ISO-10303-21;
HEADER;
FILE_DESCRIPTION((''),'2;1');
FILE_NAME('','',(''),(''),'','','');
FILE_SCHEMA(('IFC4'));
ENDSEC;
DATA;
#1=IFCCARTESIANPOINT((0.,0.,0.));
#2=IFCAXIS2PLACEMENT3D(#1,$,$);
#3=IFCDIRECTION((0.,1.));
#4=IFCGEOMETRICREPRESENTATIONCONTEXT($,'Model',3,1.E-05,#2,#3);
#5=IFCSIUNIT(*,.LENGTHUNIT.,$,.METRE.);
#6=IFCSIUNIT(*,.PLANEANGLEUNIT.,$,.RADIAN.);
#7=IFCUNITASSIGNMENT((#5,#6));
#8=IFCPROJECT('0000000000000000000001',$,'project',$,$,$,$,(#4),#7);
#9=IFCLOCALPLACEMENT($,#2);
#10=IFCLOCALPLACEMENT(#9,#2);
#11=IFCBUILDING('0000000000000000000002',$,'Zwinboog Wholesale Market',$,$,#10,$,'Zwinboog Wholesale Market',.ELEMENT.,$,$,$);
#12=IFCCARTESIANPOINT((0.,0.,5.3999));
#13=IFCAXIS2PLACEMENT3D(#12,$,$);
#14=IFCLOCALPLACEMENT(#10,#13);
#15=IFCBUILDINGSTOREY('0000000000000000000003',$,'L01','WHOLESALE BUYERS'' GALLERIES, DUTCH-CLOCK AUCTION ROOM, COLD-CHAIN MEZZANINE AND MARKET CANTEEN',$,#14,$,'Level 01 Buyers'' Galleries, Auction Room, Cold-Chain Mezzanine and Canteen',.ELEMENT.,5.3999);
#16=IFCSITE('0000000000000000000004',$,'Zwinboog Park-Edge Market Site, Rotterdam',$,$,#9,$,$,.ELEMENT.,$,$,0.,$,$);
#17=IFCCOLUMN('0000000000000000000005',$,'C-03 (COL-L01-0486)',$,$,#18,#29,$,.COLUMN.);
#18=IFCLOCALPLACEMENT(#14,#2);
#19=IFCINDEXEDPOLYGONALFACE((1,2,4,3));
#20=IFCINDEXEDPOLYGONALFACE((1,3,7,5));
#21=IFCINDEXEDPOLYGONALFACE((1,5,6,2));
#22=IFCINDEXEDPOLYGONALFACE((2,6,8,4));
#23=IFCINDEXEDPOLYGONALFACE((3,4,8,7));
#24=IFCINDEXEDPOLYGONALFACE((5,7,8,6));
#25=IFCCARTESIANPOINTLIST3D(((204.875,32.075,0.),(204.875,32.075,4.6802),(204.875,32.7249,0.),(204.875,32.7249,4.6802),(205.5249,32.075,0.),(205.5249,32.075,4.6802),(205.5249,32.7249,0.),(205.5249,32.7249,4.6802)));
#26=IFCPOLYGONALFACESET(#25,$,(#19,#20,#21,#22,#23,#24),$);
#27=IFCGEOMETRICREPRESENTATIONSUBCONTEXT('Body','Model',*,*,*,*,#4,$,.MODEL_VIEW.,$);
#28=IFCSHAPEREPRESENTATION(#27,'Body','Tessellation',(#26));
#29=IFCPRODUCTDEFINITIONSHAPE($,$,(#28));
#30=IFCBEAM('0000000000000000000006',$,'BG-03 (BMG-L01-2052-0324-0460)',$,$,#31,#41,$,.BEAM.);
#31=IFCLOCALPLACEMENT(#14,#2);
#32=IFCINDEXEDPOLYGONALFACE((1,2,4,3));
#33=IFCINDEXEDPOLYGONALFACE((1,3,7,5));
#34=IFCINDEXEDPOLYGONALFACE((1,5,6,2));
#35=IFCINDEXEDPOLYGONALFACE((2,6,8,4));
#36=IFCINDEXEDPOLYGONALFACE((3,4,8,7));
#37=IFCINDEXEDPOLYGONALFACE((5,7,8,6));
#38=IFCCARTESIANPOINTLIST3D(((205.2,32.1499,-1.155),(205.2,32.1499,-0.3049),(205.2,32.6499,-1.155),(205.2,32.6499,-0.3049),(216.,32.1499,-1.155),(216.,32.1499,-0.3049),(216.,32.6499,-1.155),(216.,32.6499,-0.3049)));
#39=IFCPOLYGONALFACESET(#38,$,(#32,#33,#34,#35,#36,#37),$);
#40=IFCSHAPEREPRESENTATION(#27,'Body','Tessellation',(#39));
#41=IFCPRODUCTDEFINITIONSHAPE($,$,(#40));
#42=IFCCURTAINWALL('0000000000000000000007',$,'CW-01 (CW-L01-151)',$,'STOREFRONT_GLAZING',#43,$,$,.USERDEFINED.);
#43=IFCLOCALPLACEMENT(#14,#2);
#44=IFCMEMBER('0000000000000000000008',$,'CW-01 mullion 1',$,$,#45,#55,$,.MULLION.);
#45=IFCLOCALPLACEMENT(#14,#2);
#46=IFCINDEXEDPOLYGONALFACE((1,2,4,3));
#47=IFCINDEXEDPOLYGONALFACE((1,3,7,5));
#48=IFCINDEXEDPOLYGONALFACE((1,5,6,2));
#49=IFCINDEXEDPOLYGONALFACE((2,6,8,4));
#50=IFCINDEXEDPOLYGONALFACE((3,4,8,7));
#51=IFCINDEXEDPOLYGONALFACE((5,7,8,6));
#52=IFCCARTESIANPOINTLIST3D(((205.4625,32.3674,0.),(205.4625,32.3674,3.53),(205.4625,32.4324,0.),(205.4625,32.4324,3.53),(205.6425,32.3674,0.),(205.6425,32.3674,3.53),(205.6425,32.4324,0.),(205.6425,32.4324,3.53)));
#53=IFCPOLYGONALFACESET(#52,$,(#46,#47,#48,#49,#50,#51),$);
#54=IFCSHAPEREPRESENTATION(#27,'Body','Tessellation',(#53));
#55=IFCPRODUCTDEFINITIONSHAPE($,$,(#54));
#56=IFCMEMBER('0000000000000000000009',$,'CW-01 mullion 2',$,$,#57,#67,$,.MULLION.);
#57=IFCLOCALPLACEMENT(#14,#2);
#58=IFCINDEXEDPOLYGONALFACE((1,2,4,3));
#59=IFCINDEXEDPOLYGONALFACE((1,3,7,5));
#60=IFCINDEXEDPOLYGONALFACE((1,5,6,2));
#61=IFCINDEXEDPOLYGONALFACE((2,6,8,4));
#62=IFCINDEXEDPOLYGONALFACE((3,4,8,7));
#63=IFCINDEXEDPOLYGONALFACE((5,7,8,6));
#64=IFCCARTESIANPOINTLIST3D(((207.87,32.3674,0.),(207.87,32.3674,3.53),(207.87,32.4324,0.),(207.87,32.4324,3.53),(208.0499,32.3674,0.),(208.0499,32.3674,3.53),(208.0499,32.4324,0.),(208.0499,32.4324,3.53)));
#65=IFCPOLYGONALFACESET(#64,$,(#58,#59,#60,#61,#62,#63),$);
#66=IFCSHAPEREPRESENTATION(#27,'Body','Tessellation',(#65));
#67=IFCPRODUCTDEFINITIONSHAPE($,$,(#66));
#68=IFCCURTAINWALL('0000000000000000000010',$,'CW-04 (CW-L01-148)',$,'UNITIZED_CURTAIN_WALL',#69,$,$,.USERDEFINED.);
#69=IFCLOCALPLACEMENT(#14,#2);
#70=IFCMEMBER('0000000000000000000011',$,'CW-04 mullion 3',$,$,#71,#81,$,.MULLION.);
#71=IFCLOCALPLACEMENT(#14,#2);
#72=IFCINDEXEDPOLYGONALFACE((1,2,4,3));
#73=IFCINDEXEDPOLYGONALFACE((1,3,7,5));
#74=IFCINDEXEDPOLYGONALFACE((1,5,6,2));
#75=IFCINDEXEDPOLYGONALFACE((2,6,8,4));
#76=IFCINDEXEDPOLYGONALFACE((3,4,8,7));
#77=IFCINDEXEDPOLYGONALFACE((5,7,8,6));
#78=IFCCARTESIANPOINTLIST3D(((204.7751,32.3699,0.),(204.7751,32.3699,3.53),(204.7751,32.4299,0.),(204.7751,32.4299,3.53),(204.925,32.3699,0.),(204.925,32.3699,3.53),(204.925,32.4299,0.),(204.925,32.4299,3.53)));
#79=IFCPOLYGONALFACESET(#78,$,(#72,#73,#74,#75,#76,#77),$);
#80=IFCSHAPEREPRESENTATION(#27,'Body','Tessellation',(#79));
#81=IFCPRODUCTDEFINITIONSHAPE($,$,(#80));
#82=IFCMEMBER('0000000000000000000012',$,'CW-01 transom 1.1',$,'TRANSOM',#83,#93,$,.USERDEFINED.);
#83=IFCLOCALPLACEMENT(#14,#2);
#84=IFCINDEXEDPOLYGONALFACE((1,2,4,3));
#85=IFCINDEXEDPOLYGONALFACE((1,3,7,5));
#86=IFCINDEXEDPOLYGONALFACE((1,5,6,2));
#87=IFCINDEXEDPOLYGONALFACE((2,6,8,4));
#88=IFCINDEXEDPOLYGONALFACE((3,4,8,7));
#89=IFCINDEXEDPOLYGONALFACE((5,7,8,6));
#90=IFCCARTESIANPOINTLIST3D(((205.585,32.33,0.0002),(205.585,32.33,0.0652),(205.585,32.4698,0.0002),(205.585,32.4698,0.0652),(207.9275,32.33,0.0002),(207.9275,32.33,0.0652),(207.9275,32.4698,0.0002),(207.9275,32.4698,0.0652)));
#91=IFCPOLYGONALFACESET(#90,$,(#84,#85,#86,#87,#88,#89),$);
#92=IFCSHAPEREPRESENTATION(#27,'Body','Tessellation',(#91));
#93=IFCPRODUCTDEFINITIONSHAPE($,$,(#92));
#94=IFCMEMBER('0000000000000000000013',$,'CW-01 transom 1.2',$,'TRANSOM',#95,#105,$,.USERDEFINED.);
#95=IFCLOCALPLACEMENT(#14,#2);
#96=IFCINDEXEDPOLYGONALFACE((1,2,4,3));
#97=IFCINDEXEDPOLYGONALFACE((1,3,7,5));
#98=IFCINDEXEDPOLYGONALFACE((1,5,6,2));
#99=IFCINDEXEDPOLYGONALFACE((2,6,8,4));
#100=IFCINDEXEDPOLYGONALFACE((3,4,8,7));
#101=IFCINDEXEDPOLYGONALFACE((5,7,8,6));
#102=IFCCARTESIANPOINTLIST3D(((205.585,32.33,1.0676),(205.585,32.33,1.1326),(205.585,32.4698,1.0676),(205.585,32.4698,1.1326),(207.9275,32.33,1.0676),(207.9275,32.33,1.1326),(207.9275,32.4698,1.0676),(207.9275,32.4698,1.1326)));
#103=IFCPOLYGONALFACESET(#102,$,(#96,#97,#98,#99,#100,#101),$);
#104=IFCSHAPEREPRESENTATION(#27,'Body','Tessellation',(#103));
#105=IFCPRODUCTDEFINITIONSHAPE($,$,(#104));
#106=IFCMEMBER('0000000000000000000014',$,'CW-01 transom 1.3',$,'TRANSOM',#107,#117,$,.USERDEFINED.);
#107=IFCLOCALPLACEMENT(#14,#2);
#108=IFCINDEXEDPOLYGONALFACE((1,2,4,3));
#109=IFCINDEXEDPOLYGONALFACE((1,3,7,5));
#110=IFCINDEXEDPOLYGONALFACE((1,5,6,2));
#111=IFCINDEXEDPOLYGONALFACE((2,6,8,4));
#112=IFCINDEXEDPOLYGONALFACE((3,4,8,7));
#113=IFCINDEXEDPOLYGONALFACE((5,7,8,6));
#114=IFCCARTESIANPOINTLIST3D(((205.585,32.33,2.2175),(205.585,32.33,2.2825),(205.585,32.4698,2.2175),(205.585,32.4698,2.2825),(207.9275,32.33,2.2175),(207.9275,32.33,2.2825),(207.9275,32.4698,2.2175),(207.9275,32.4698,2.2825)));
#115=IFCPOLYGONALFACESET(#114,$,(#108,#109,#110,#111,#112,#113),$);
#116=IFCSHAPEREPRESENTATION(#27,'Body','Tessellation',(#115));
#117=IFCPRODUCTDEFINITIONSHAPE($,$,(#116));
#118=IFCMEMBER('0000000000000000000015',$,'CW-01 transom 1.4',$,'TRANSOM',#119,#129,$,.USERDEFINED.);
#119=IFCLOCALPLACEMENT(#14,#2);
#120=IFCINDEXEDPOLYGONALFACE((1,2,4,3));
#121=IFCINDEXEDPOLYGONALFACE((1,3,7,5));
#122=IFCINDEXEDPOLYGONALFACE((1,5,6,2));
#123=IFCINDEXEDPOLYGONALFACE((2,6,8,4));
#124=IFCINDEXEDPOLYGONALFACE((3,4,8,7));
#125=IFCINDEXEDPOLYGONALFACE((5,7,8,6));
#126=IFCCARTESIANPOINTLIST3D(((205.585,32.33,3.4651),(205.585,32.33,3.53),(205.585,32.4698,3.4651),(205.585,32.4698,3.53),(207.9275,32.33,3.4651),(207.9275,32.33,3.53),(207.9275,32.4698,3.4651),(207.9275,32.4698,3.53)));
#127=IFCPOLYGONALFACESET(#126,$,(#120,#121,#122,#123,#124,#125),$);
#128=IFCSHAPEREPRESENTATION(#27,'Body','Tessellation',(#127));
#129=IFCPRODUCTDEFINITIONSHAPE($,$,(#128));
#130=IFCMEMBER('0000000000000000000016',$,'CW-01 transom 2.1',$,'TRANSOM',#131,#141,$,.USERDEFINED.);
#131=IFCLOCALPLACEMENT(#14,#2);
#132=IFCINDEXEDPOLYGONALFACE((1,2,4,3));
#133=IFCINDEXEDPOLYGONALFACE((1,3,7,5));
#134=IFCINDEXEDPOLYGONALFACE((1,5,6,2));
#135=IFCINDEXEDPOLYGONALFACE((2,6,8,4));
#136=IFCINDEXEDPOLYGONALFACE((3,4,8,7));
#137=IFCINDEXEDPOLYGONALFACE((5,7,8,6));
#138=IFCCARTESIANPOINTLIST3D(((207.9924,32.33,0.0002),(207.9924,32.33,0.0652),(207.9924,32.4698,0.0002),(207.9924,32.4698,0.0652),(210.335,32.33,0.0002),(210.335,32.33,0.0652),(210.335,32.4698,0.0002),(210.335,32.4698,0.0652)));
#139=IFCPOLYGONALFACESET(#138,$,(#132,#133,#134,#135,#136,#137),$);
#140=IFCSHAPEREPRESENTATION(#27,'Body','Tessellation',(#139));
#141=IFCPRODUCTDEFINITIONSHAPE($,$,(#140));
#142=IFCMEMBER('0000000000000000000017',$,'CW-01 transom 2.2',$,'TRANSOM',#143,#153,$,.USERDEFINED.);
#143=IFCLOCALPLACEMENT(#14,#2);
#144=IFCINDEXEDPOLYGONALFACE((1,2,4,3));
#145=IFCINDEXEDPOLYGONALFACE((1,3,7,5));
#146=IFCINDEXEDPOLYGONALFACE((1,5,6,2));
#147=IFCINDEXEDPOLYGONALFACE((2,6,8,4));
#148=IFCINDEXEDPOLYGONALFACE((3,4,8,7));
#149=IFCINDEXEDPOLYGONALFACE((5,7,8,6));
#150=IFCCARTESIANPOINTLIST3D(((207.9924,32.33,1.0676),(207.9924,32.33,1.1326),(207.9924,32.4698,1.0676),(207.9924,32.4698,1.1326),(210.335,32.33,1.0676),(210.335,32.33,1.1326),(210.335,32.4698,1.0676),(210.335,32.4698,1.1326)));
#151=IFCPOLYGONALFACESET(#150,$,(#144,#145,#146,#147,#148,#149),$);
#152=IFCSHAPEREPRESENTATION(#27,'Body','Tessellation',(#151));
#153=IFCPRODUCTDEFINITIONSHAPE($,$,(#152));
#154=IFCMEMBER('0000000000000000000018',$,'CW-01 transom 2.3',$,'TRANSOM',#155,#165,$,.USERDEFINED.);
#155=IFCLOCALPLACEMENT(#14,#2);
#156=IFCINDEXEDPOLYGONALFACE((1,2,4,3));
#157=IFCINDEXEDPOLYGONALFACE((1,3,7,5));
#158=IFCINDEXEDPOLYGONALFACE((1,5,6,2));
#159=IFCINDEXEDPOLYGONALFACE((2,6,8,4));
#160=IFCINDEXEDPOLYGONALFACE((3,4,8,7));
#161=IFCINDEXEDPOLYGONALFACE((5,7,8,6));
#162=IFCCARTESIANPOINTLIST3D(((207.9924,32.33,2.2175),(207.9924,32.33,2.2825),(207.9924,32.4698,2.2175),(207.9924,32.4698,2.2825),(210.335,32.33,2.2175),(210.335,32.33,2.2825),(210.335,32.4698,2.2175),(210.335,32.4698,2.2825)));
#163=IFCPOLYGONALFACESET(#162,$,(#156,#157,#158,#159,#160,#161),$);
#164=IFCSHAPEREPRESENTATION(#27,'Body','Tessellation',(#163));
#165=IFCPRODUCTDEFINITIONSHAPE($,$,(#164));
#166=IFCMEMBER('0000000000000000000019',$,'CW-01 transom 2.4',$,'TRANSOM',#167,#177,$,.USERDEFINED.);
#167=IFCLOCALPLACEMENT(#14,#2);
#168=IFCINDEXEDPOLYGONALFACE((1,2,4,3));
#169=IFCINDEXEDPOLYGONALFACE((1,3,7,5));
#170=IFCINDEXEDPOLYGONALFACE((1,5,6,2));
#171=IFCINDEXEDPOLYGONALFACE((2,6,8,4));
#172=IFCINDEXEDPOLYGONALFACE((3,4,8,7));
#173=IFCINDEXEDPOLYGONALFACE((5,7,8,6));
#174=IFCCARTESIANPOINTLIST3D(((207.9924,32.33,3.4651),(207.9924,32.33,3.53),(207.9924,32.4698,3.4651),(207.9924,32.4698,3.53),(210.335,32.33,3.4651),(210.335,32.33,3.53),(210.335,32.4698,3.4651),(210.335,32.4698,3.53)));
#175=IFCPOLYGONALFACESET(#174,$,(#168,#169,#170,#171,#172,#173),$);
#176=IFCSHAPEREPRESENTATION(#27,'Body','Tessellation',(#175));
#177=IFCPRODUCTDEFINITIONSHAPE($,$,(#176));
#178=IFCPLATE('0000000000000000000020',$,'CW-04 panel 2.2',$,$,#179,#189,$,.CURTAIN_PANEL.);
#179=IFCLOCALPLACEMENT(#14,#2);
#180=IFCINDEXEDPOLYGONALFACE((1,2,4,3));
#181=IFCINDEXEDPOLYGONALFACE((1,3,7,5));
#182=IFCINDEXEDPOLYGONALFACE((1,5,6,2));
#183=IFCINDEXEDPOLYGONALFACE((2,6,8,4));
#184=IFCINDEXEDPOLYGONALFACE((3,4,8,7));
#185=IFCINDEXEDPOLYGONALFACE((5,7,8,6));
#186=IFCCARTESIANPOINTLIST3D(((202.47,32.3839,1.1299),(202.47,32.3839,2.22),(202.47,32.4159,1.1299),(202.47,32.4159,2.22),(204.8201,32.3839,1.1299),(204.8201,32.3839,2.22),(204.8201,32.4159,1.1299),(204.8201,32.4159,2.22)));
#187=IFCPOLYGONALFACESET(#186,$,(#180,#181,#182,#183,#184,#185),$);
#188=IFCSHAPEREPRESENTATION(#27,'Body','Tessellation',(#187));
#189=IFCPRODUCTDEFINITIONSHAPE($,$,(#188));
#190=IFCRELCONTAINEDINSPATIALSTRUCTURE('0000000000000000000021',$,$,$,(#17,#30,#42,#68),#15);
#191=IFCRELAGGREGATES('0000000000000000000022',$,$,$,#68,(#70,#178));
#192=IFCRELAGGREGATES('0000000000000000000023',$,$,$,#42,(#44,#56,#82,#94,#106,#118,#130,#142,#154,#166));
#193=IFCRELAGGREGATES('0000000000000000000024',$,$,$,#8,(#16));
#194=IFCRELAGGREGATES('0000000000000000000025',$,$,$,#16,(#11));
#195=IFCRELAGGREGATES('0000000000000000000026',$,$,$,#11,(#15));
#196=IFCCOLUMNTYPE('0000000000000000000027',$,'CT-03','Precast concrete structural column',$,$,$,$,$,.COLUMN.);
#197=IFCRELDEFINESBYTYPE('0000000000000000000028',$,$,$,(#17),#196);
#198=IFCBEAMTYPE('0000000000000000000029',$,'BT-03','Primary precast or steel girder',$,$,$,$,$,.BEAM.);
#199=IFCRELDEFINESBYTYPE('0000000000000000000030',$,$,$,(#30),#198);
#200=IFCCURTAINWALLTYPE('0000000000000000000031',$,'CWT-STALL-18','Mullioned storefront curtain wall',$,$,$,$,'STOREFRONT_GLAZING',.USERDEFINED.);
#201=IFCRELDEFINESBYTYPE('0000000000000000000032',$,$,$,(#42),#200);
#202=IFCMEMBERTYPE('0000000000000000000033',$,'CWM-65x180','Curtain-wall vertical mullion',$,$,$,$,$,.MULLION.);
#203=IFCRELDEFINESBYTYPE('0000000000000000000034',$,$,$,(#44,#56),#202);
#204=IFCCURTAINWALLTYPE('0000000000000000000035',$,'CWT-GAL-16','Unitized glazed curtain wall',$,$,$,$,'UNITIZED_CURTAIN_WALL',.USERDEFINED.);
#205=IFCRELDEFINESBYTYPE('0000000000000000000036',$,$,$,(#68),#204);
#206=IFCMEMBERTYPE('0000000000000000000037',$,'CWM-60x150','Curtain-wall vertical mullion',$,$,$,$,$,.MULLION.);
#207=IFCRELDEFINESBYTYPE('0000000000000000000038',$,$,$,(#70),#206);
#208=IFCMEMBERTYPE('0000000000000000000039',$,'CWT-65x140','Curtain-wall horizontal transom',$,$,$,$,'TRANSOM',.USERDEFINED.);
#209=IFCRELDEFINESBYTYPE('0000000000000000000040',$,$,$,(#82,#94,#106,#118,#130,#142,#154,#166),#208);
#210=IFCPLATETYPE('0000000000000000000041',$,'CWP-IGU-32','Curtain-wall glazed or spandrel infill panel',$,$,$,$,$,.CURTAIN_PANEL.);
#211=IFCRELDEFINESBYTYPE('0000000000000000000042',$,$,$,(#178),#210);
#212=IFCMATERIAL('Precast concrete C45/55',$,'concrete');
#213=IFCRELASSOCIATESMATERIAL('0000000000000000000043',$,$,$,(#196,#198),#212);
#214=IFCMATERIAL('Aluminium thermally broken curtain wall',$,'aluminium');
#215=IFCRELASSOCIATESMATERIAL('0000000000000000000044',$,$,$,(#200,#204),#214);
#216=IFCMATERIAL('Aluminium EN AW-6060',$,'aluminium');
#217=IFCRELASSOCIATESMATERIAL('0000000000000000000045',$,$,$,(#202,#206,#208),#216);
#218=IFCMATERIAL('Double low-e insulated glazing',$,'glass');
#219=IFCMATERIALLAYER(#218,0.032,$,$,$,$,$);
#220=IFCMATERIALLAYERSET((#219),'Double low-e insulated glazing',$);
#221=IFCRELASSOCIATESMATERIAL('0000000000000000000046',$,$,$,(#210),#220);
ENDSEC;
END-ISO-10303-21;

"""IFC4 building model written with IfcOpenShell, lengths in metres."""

from ifc_helpers import new_model, si_unit, direction, frame, origin, origin_2d, place, context, subcontext, project, spatial, rectangle, extrude, material, layer, layer_set, material_profile, profile_set, type_object, element, aggregate, save


model = new_model("IFC4")

# Units and contexts
model_context = context("Model", 3, precision=1e-05, world=origin(), true_north=direction((0.0, 1.0)))
body_context = subcontext(model_context, "Body", "Model", "MODEL_VIEW")
ifc_project = project(units=[si_unit("LENGTHUNIT", "METRE"), si_unit("PLANEANGLEUNIT", "RADIAN")], contexts=[model_context])

# Site, building, storey
site_placement = place(None, origin())
site = spatial("IfcSite", under=ifc_project, at=site_placement, Name="Zwinboog Park-Edge Market Site, Rotterdam", CompositionType="ELEMENT", RefElevation=0.0)
building_placement = place(site_placement, origin())
building = spatial("IfcBuilding", under=site, at=building_placement, Name="Zwinboog Wholesale Market", LongName="Zwinboog Wholesale Market", CompositionType="ELEMENT")
storey_placement = place(building_placement, frame((0.0, 0.0, 5.3999)))
storey = spatial("IfcBuildingStorey", under=building, at=storey_placement, Name="L01", Description="WHOLESALE BUYERS' GALLERIES, DUTCH-CLOCK AUCTION ROOM, COLD-CHAIN MEZZANINE AND MARKET CANTEEN", LongName="Level 01 Buyers' Galleries, Auction Room, Cold-Chain Mezzanine and Canteen", CompositionType="ELEMENT", Elevation=5.3999)

# Column
ifc_material_1 = material(Name="Precast concrete C45/55", Category="concrete")
ifc_material_profile_1 = material_profile(ifc_material_1, rectangle(XDim=0.6499, YDim=0.6499, at=origin_2d()), Name="PC 650x650")
ifc_profile_set_1 = profile_set([ifc_material_profile_1], Name="Precast concrete C45/55")
column_type = type_object("IfcColumnType", Name="CT-03", Description="Precast concrete structural column", PredefinedType="COLUMN", material=ifc_profile_set_1)
column_placement = place(storey_placement, frame((205.2, 32.3999, 0.0), z_axis=(0.0, 0.0, 1.0), x_axis=(1.0, 0.0, 0.0)))
element("IfcColumn", 1, at=column_placement, inside=storey, type_object=column_type, Name="C-03 (COL-L01-0486)", PredefinedType="COLUMN", context=body_context, shape_type="SweptSolid", body=[
    extrude(rectangle(XDim=0.6499, YDim=0.6499, at=origin_2d()), origin(), (0.0, 0.0, 1.0), 4.6802),
])

# Beam
ifc_material_profile_2 = material_profile(ifc_material_1, rectangle(XDim=0.5, YDim=0.8501, at=origin_2d()), Name="PC 500x850")
ifc_profile_set_2 = profile_set([ifc_material_profile_2], Name="Precast concrete C45/55")
beam_type = type_object("IfcBeamType", Name="BT-03", Description="Primary precast or steel girder", PredefinedType="BEAM", material=ifc_profile_set_2)
beam_placement = place(storey_placement, frame((205.2, 32.3999, -0.73), z_axis=(1.0, 0.0, 0.0), x_axis=(0.0, 1.0, 0.0)))
element("IfcBeam", 2, at=beam_placement, inside=storey, type_object=beam_type, Name="BG-03 (BMG-L01-2052-0324-0460)", PredefinedType="BEAM", context=body_context, shape_type="SweptSolid", body=[
    extrude(rectangle(XDim=0.5, YDim=0.8501, at=origin_2d()), origin(), (0.0, 0.0, 1.0), 10.8),
])

# Curtain wall, members
ifc_material_2 = material(Name="Aluminium thermally broken curtain wall", Category="aluminium")
curtain_wall_type_1 = type_object("IfcCurtainWallType", Name="CWT-STALL-18", Description="Mullioned storefront curtain wall", ElementType="STOREFRONT_GLAZING", PredefinedType="USERDEFINED", material=ifc_material_2)
curtain_wall_1_placement = place(storey_placement, origin())
curtain_wall_1 = element("IfcCurtainWall", 3, at=curtain_wall_1_placement, inside=storey, type_object=curtain_wall_type_1, Name="CW-01 (CW-L01-151)", ObjectType="STOREFRONT_GLAZING", PredefinedType="USERDEFINED")
ifc_material_3 = material(Name="Aluminium EN AW-6060", Category="aluminium")
ifc_material_profile_3 = material_profile(ifc_material_3, rectangle(XDim=0.0649, YDim=0.1799, at=origin_2d()), Name="AL 65x180")
ifc_profile_set_3 = profile_set([ifc_material_profile_3], Name="Aluminium EN AW-6060")
member_type_1 = type_object("IfcMemberType", Name="CWM-65x180", Description="Curtain-wall vertical mullion", PredefinedType="MULLION", material=ifc_profile_set_3)
member_1_placement = place(storey_placement, frame((205.5525, 32.3999, 0.0), z_axis=(0.0, 0.0, 1.0), x_axis=(0.0, 1.0, 0.0)))
member_1 = element("IfcMember", 4, at=member_1_placement, type_object=member_type_1, Name="CW-01 mullion 1", PredefinedType="MULLION", context=body_context, shape_type="SweptSolid", body=[
    extrude(rectangle(XDim=0.0649, YDim=0.1799, at=origin_2d()), origin(), (0.0, 0.0, 1.0), 3.53),
])
member_2_placement = place(storey_placement, frame((207.96, 32.3999, 0.0), z_axis=(0.0, 0.0, 1.0), x_axis=(0.0, 1.0, 0.0)))
member_2 = element("IfcMember", 5, at=member_2_placement, type_object=member_type_1, Name="CW-01 mullion 2", PredefinedType="MULLION", context=body_context, shape_type="SweptSolid", body=[
    extrude(rectangle(XDim=0.0649, YDim=0.1799, at=origin_2d()), origin(), (0.0, 0.0, 1.0), 3.53),
])

# Curtain wall, member
curtain_wall_type_2 = type_object("IfcCurtainWallType", Name="CWT-GAL-16", Description="Unitized glazed curtain wall", ElementType="UNITIZED_CURTAIN_WALL", PredefinedType="USERDEFINED", material=ifc_material_2)
curtain_wall_2_placement = place(storey_placement, origin())
curtain_wall_2 = element("IfcCurtainWall", 6, at=curtain_wall_2_placement, inside=storey, type_object=curtain_wall_type_2, Name="CW-04 (CW-L01-148)", ObjectType="UNITIZED_CURTAIN_WALL", PredefinedType="USERDEFINED")
ifc_material_profile_4 = material_profile(ifc_material_3, rectangle(XDim=0.0601, YDim=0.1499, at=origin_2d()), Name="AL 60x150")
ifc_profile_set_4 = profile_set([ifc_material_profile_4], Name="Aluminium EN AW-6060")
member_type_2 = type_object("IfcMemberType", Name="CWM-60x150", Description="Curtain-wall vertical mullion", PredefinedType="MULLION", material=ifc_profile_set_4)
member_3_placement = place(storey_placement, frame((204.8501, 32.3999, 0.0), z_axis=(0.0, 0.0, 1.0), x_axis=(0.0, 1.0, 0.0)))
member_3 = element("IfcMember", 7, at=member_3_placement, type_object=member_type_2, Name="CW-04 mullion 3", PredefinedType="MULLION", context=body_context, shape_type="SweptSolid", body=[
    extrude(rectangle(XDim=0.0601, YDim=0.1499, at=origin_2d()), origin(), (0.0, 0.0, 1.0), 3.53),
])

# Members
ifc_material_profile_5 = material_profile(ifc_material_3, rectangle(XDim=0.1399, YDim=0.0649, at=origin_2d()), Name="AL 65x140")
ifc_profile_set_5 = profile_set([ifc_material_profile_5], Name="Aluminium EN AW-6060")
member_type_3 = type_object("IfcMemberType", Name="CWT-65x140", Description="Curtain-wall horizontal transom", ElementType="TRANSOM", PredefinedType="USERDEFINED", material=ifc_profile_set_5)
member_4_placement = place(storey_placement, frame((205.585, 32.3999, 0.0327), z_axis=(1.0, 0.0, 0.0), x_axis=(0.0, 1.0, 0.0)))
member_4 = element("IfcMember", 8, at=member_4_placement, type_object=member_type_3, Name="CW-01 transom 1.1", ObjectType="TRANSOM", PredefinedType="USERDEFINED", context=body_context, shape_type="SweptSolid", body=[
    extrude(rectangle(XDim=0.1399, YDim=0.0649, at=origin_2d()), origin(), (0.0, 0.0, 1.0), 2.3425),
])
member_5_placement = place(storey_placement, frame((205.585, 32.3999, 1.1001), z_axis=(1.0, 0.0, 0.0), x_axis=(0.0, 1.0, 0.0)))
member_5 = element("IfcMember", 9, at=member_5_placement, type_object=member_type_3, Name="CW-01 transom 1.2", ObjectType="TRANSOM", PredefinedType="USERDEFINED", context=body_context, shape_type="SweptSolid", body=[
    extrude(rectangle(XDim=0.1399, YDim=0.0649, at=origin_2d()), origin(), (0.0, 0.0, 1.0), 2.3425),
])
member_6_placement = place(storey_placement, frame((205.585, 32.3999, 2.25), z_axis=(1.0, 0.0, 0.0), x_axis=(0.0, 1.0, 0.0)))
member_6 = element("IfcMember", 10, at=member_6_placement, type_object=member_type_3, Name="CW-01 transom 1.3", ObjectType="TRANSOM", PredefinedType="USERDEFINED", context=body_context, shape_type="SweptSolid", body=[
    extrude(rectangle(XDim=0.1399, YDim=0.0649, at=origin_2d()), origin(), (0.0, 0.0, 1.0), 2.3425),
])
member_7_placement = place(storey_placement, frame((205.585, 32.3999, 3.4976), z_axis=(1.0, 0.0, 0.0), x_axis=(0.0, 1.0, 0.0)))
member_7 = element("IfcMember", 11, at=member_7_placement, type_object=member_type_3, Name="CW-01 transom 1.4", ObjectType="TRANSOM", PredefinedType="USERDEFINED", context=body_context, shape_type="SweptSolid", body=[
    extrude(rectangle(XDim=0.1399, YDim=0.0649, at=origin_2d()), origin(), (0.0, 0.0, 1.0), 2.3425),
])
member_8_placement = place(storey_placement, frame((207.9924, 32.3999, 0.0327), z_axis=(1.0, 0.0, 0.0), x_axis=(0.0, 1.0, 0.0)))
member_8 = element("IfcMember", 12, at=member_8_placement, type_object=member_type_3, Name="CW-01 transom 2.1", ObjectType="TRANSOM", PredefinedType="USERDEFINED", context=body_context, shape_type="SweptSolid", body=[
    extrude(rectangle(XDim=0.1399, YDim=0.0649, at=origin_2d()), origin(), (0.0, 0.0, 1.0), 2.3425),
])
member_9_placement = place(storey_placement, frame((207.9924, 32.3999, 1.1001), z_axis=(1.0, 0.0, 0.0), x_axis=(0.0, 1.0, 0.0)))
member_9 = element("IfcMember", 13, at=member_9_placement, type_object=member_type_3, Name="CW-01 transom 2.2", ObjectType="TRANSOM", PredefinedType="USERDEFINED", context=body_context, shape_type="SweptSolid", body=[
    extrude(rectangle(XDim=0.1399, YDim=0.0649, at=origin_2d()), origin(), (0.0, 0.0, 1.0), 2.3425),
])
member_10_placement = place(storey_placement, frame((207.9924, 32.3999, 2.25), z_axis=(1.0, 0.0, 0.0), x_axis=(0.0, 1.0, 0.0)))
member_10 = element("IfcMember", 14, at=member_10_placement, type_object=member_type_3, Name="CW-01 transom 2.3", ObjectType="TRANSOM", PredefinedType="USERDEFINED", context=body_context, shape_type="SweptSolid", body=[
    extrude(rectangle(XDim=0.1399, YDim=0.0649, at=origin_2d()), origin(), (0.0, 0.0, 1.0), 2.3425),
])
member_11_placement = place(storey_placement, frame((207.9924, 32.3999, 3.4976), z_axis=(1.0, 0.0, 0.0), x_axis=(0.0, 1.0, 0.0)))
member_11 = element("IfcMember", 15, at=member_11_placement, type_object=member_type_3, Name="CW-01 transom 2.4", ObjectType="TRANSOM", PredefinedType="USERDEFINED", context=body_context, shape_type="SweptSolid", body=[
    extrude(rectangle(XDim=0.1399, YDim=0.0649, at=origin_2d()), origin(), (0.0, 0.0, 1.0), 2.3425),
])

# Plate
ifc_material_4 = material(Name="Double low-e insulated glazing", Category="glass")
ifc_layer = layer(ifc_material_4, 0.032)
ifc_layer_set = layer_set([ifc_layer], Name="Double low-e insulated glazing")
plate_type = type_object("IfcPlateType", Name="CWP-IGU-32", Description="Curtain-wall glazed or spandrel infill panel", PredefinedType="CURTAIN_PANEL", material=ifc_layer_set)
plate_1_placement = place(storey_placement, frame((203.645, 32.3999, 1.1299), z_axis=(0.0, 0.0, 1.0), x_axis=(1.0, 0.0, 0.0)))
plate_1 = element("IfcPlate", 16, at=plate_1_placement, type_object=plate_type, Name="CW-04 panel 2.2", PredefinedType="CURTAIN_PANEL", context=body_context, shape_type="SweptSolid", body=[
    extrude(rectangle(XDim=2.3501, YDim=0.032, at=origin_2d()), origin(), (0.0, 0.0, 1.0), 1.0901),
])
aggregate(curtain_wall_2, [member_3, plate_1])
aggregate(curtain_wall_1, [member_1, member_2, member_4, member_5, member_6, member_7, member_8, member_9, member_10, member_11])

save(model, "model.ifc")
